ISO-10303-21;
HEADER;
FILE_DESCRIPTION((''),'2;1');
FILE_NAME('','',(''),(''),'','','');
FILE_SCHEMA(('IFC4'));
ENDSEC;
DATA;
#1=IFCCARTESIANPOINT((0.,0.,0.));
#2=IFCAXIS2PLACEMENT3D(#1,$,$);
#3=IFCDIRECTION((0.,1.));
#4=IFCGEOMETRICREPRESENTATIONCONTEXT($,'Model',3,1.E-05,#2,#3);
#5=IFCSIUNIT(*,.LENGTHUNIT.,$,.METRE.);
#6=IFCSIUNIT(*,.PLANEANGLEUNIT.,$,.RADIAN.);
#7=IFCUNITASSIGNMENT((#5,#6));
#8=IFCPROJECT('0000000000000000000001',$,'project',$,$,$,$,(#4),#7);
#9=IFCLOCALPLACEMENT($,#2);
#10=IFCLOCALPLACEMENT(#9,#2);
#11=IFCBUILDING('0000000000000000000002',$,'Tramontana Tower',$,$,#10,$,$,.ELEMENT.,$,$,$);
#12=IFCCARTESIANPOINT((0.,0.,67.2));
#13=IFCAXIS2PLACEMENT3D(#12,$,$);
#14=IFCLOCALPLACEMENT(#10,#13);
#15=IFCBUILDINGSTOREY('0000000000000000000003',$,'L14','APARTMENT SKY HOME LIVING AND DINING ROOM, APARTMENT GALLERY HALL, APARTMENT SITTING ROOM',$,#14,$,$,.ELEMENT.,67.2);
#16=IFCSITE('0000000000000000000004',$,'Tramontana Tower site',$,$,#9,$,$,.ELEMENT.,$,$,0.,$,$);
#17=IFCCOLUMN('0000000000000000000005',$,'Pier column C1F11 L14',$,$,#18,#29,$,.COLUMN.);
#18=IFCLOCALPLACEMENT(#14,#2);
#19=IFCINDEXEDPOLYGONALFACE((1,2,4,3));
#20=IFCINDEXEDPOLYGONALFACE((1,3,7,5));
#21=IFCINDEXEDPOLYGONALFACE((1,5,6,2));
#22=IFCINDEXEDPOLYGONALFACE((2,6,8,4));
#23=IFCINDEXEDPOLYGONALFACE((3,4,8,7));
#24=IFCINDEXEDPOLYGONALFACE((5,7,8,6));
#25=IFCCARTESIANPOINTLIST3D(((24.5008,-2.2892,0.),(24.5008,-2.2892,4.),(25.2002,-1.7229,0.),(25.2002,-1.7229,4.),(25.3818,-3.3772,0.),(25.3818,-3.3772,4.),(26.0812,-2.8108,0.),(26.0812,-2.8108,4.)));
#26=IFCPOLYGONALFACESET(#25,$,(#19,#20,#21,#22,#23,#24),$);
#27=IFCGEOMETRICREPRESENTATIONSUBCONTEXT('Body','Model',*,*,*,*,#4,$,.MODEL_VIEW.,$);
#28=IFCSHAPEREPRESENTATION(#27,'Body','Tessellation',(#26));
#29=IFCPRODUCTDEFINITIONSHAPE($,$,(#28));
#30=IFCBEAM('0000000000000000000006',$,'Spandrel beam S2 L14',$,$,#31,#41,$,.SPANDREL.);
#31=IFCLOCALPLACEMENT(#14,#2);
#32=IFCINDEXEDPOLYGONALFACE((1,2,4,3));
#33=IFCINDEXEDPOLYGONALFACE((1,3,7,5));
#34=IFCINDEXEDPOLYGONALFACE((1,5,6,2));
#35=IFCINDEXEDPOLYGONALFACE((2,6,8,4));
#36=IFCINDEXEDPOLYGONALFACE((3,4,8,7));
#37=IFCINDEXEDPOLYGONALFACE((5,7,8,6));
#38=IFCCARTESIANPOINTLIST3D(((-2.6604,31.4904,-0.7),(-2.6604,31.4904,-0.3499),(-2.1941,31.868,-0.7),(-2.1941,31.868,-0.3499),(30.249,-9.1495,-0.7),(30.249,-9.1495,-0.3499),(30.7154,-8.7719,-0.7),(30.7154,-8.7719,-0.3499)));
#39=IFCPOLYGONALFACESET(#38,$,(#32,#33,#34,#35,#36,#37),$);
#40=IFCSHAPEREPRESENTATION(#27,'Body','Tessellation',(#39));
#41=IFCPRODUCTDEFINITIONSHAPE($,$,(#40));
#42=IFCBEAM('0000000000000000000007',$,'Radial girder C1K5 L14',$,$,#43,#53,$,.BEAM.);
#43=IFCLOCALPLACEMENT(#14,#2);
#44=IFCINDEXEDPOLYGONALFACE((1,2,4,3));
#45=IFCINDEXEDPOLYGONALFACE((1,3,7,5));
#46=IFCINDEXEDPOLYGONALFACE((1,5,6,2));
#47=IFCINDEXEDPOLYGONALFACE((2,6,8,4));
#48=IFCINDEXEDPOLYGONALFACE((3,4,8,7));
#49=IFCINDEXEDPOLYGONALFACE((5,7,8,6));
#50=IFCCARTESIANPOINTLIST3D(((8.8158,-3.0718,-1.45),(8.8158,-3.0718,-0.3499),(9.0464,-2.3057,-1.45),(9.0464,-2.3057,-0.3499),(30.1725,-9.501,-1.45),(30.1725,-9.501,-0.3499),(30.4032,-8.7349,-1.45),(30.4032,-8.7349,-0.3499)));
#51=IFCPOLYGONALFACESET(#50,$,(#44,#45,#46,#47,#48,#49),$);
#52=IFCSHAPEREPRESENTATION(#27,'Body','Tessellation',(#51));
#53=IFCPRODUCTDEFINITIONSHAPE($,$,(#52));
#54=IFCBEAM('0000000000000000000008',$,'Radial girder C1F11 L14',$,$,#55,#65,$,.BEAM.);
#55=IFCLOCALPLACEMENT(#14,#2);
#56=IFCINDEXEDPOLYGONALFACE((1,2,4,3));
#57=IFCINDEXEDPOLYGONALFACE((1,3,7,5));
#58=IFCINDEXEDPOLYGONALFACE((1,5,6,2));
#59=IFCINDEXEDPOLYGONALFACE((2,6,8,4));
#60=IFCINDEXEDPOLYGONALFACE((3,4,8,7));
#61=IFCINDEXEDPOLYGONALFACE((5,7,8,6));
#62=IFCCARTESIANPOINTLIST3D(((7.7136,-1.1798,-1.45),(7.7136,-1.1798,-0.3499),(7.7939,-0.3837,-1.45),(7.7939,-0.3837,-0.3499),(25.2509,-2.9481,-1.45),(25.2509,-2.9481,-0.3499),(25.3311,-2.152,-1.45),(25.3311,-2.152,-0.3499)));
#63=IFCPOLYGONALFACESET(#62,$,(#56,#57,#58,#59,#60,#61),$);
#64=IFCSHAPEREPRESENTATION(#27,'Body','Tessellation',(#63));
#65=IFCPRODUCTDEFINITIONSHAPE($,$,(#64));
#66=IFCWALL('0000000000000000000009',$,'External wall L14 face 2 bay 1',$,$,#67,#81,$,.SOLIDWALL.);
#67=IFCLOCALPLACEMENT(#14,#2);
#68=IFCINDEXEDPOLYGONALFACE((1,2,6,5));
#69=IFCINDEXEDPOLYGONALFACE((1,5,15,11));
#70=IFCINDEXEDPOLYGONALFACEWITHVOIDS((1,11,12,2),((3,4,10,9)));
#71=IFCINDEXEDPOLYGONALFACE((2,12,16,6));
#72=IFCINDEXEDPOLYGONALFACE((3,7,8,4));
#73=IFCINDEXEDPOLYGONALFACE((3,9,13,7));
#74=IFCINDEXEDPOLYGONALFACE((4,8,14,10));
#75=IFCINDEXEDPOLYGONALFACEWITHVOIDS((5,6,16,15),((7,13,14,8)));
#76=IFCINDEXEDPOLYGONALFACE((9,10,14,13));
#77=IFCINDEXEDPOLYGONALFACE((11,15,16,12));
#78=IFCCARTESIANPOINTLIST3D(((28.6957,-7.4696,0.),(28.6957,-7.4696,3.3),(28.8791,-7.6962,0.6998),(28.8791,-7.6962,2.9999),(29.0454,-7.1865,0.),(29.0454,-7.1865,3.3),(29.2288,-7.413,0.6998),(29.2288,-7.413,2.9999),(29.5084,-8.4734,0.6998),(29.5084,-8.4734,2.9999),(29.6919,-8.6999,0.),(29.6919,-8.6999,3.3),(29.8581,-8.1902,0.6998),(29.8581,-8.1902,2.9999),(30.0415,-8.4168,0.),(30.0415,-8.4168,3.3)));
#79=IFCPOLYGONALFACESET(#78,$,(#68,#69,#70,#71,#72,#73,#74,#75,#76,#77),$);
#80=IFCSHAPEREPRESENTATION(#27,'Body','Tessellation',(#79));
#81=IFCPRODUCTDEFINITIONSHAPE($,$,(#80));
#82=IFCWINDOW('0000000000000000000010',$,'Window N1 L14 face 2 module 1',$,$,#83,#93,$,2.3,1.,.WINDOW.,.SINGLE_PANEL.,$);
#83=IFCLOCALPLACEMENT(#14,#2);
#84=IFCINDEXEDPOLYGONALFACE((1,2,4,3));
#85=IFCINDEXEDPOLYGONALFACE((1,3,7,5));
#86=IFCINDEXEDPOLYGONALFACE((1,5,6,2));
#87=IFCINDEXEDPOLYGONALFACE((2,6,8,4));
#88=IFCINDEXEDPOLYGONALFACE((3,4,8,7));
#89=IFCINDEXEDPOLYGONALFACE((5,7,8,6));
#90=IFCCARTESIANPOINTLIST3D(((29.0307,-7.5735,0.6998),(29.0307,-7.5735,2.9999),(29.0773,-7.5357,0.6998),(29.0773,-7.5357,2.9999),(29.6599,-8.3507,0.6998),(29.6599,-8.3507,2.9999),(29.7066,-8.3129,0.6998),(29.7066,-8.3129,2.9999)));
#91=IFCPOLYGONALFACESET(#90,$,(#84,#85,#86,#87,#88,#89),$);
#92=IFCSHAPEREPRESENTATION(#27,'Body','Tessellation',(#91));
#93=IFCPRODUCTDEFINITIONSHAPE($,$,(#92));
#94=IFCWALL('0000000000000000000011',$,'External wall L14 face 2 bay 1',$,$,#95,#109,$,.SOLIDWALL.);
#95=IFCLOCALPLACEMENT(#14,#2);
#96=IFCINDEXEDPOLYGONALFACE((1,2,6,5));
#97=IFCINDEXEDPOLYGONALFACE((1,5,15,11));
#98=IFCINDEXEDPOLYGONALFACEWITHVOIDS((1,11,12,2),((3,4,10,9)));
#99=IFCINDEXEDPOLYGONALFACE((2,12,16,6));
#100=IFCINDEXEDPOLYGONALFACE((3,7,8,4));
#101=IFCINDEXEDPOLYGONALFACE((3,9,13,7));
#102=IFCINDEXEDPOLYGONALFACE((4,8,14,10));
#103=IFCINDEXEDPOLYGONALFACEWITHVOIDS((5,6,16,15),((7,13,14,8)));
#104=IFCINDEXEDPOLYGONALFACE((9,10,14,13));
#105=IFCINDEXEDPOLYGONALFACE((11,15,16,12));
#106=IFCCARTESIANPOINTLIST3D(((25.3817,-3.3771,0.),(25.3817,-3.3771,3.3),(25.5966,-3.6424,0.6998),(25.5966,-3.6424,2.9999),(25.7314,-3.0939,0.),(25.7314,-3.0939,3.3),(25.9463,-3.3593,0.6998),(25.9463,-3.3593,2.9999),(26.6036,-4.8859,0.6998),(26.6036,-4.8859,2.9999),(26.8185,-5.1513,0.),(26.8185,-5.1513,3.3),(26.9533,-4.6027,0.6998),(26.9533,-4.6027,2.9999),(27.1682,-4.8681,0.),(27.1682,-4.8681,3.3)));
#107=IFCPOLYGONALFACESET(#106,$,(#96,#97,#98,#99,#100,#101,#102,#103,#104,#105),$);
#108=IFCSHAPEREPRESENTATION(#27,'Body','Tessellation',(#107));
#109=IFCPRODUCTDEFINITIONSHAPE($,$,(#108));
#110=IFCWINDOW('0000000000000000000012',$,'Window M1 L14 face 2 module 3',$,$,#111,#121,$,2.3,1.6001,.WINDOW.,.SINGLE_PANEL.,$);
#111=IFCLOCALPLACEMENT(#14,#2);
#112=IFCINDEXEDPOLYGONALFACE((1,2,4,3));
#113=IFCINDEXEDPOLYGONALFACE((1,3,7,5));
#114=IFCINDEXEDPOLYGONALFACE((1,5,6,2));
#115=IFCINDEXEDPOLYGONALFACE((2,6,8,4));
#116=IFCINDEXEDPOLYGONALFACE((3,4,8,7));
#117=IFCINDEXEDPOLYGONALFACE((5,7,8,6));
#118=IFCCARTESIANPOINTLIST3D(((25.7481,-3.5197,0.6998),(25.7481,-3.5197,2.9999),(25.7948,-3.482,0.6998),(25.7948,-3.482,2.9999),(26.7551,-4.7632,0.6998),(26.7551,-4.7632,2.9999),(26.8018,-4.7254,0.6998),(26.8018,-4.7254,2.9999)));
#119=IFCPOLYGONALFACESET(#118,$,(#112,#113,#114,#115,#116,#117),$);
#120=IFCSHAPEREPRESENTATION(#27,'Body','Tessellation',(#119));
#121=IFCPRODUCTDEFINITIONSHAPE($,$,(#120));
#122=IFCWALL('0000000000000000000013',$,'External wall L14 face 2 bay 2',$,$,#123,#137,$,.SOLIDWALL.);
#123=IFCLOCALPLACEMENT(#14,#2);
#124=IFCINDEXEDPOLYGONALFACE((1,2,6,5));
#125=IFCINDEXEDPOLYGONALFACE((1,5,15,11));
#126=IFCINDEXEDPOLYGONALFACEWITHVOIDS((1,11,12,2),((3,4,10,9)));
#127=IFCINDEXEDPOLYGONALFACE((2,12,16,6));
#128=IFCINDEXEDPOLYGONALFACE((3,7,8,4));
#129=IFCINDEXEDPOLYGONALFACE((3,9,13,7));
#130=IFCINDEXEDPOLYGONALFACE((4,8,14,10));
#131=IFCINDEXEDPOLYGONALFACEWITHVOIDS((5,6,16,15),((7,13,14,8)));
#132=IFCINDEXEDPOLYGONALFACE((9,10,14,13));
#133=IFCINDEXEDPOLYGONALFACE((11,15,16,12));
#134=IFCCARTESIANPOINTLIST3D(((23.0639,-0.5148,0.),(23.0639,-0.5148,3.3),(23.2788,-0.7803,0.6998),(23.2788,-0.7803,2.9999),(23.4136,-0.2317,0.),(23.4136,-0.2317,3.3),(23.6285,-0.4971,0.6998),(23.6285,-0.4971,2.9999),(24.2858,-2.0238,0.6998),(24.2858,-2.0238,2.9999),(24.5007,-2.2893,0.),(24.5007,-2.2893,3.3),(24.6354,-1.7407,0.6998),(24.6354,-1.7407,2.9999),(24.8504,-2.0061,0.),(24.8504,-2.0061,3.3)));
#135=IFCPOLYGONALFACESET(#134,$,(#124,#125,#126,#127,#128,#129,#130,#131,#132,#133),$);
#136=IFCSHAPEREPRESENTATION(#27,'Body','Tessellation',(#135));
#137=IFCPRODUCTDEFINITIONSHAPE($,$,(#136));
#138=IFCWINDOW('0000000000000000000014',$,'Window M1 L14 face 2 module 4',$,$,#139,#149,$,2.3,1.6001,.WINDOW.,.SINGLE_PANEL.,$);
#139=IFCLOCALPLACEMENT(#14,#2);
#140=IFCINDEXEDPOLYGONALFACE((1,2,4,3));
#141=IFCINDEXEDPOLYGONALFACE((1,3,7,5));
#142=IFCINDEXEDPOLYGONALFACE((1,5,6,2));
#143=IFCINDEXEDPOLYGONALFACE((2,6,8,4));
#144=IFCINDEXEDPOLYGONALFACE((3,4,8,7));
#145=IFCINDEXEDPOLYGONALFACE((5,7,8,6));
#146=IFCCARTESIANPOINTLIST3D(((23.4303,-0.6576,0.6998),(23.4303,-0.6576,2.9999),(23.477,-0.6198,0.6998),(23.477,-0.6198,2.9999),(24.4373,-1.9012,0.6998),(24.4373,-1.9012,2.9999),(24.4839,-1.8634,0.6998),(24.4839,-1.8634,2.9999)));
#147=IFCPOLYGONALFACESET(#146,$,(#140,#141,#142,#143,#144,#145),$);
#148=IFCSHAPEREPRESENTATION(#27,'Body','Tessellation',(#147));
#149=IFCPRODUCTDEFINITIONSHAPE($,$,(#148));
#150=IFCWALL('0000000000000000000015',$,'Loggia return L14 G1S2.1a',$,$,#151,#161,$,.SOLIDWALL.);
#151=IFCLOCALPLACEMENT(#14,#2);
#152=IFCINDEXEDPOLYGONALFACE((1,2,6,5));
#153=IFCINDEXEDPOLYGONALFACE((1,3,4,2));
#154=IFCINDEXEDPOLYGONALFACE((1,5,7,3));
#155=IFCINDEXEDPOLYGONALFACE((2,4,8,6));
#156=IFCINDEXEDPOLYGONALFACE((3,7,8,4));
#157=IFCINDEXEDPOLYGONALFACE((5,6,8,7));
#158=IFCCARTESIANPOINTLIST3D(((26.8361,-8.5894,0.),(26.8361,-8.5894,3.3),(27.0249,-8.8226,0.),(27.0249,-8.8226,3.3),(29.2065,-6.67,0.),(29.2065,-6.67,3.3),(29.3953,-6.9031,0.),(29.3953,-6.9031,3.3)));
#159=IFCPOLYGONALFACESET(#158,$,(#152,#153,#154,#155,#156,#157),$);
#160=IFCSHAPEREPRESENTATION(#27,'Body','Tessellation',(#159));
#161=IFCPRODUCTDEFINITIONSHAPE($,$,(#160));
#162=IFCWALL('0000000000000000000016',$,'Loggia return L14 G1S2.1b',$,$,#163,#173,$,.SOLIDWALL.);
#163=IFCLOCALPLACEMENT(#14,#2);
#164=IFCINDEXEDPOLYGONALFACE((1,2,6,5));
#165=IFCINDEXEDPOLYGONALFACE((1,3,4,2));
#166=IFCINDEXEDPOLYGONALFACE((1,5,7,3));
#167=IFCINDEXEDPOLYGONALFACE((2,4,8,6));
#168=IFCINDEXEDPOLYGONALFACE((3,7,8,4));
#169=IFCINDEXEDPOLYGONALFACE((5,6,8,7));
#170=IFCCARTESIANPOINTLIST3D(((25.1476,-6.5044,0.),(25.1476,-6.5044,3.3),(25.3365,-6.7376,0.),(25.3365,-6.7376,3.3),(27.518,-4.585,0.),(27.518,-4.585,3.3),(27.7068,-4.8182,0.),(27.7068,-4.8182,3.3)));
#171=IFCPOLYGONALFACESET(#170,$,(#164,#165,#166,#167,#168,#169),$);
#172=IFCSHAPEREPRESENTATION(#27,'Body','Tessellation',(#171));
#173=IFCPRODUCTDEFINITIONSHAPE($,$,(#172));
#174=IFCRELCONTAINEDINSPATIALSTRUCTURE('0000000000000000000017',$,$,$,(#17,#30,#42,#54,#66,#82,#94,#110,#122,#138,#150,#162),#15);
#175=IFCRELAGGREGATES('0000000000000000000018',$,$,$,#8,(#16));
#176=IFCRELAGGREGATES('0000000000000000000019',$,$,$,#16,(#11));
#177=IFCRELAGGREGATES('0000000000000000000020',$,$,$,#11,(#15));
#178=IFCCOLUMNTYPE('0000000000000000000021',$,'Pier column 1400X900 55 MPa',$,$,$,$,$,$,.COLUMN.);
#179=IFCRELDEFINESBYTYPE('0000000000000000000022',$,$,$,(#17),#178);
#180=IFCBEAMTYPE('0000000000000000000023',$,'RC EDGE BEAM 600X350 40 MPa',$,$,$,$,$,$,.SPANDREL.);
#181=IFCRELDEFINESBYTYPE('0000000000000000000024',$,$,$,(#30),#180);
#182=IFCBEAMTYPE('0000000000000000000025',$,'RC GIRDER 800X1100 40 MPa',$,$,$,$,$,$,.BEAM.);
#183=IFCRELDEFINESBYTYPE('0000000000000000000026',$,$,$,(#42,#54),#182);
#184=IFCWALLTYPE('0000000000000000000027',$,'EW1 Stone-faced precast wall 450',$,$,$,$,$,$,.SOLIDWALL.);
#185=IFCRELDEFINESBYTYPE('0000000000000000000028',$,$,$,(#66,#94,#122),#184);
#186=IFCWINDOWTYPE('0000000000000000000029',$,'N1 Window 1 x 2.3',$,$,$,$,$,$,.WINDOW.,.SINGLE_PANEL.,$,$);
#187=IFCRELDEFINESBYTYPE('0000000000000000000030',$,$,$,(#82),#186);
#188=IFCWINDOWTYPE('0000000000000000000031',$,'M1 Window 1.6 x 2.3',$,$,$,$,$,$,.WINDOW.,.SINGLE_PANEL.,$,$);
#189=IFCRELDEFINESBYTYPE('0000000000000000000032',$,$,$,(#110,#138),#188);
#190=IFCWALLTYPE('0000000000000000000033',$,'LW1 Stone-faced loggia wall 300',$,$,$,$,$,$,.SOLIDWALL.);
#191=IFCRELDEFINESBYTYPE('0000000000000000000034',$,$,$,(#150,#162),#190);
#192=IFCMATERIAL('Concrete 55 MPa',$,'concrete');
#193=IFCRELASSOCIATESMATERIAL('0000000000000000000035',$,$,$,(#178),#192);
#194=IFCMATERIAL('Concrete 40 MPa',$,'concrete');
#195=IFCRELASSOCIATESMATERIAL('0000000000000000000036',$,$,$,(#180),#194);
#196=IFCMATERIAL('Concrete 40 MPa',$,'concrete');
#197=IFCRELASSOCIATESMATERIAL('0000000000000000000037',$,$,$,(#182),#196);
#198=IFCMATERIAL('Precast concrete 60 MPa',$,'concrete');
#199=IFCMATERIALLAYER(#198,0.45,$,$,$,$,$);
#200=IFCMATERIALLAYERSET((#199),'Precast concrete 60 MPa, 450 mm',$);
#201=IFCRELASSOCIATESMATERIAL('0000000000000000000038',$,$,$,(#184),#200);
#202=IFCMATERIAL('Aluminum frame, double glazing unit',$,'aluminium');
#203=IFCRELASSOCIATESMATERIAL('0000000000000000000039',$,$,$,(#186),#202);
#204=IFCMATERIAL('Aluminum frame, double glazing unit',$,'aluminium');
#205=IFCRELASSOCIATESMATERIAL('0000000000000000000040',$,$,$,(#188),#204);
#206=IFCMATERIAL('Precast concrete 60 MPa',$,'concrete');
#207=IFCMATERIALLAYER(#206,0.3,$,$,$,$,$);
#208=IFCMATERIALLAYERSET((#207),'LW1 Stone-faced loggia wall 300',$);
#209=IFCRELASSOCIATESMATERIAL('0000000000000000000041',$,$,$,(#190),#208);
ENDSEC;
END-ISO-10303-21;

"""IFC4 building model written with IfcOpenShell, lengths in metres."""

from ifc_helpers import new_model, si_unit, direction, frame, frame_2d, origin, origin_2d, place, context, subcontext, project, spatial, rectangle, extrude, material, layer, layer_set, material_profile, profile_set, type_object, element, fill, save


model = new_model("IFC4")

# Units and contexts
model_context = context("Model", 3, precision=1e-05, world=origin(), true_north=direction((0.0, 1.0)))
body_context = subcontext(model_context, "Body", "Model", "MODEL_VIEW")
ifc_project = project(units=[si_unit("LENGTHUNIT", "METRE"), si_unit("PLANEANGLEUNIT", "RADIAN")], contexts=[model_context])

# Site, building, storey
site_placement = place(None, origin())
site = spatial("IfcSite", under=ifc_project, at=site_placement, Name="Tramontana Tower site", CompositionType="ELEMENT", RefElevation=0.0)
building_placement = place(site_placement, origin())
building = spatial("IfcBuilding", under=site, at=building_placement, Name="Tramontana Tower", CompositionType="ELEMENT")
storey_placement = place(building_placement, frame((0.0, 0.0, 67.2)))
storey = spatial("IfcBuildingStorey", under=building, at=storey_placement, Name="L14", Description="APARTMENT SKY HOME LIVING AND DINING ROOM, APARTMENT GALLERY HALL, APARTMENT SITTING ROOM", CompositionType="ELEMENT", Elevation=67.2)

# Column
ifc_material_1 = material(Name="Concrete 55 MPa", Category="concrete")
ifc_material_profile_1 = material_profile(ifc_material_1, rectangle(XDim=1.3999, YDim=0.8999, at=origin_2d()), Name="Pier column 1400X900 55 MPa")
ifc_profile_set_1 = profile_set([ifc_material_profile_1], Name="Concrete 55 MPa")
column_type = type_object("IfcColumnType", Name="Pier column 1400X900 55 MPa", PredefinedType="COLUMN", material=ifc_profile_set_1)
column_placement = place(storey_placement, frame((25.291, -2.55, 0.0), z_axis=(0.0, 0.0, 1.0), x_axis=(-0.62932, 0.777146, 0.0)))
element("IfcColumn", 1, at=column_placement, inside=storey, type_object=column_type, Name="Pier column C1F11 L14", PredefinedType="COLUMN", context=body_context, shape_type="SweptSolid", body=[
    extrude(rectangle(XDim=1.3999, YDim=0.8999, at=origin_2d()), origin(), (0.0, 0.0, 1.0), 4.0),
])

# Beams
ifc_material_2 = material(Name="Concrete 40 MPa", Category="concrete")
ifc_material_profile_2 = material_profile(ifc_material_2, rectangle(XDim=0.6001, YDim=0.3501, at=origin_2d()), Name="RC EDGE BEAM 600X350 40 MPa")
ifc_profile_set_2 = profile_set([ifc_material_profile_2], Name="Concrete 40 MPa")
beam_type_1 = type_object("IfcBeamType", Name="RC EDGE BEAM 600X350 40 MPa", PredefinedType="SPANDREL", material=ifc_profile_set_2)
beam_1_placement = place(storey_placement, frame((30.4822, -8.9607, -0.5249), z_axis=(-0.629319, 0.777147, 0.0), x_axis=(-0.777147, -0.629319, 0.0)))
element("IfcBeam", 2, at=beam_1_placement, inside=storey, type_object=beam_type_1, Name="Spandrel beam S2 L14", PredefinedType="SPANDREL", context=body_context, shape_type="SweptSolid", body=[
    extrude(rectangle(XDim=0.6001, YDim=0.3501, at=origin_2d()), origin(), (0.0, 0.0, 1.0), 52.2937),
])
ifc_material_3 = material(Name="Concrete 40 MPa", Category="concrete")
ifc_material_profile_3 = material_profile(ifc_material_3, rectangle(XDim=0.8, YDim=1.1001, at=origin_2d()), Name="RC GIRDER 800X1100 40 MPa")
ifc_profile_set_3 = profile_set([ifc_material_profile_3], Name="Concrete 40 MPa")
beam_type_2 = type_object("IfcBeamType", Name="RC GIRDER 800X1100 40 MPa", PredefinedType="BEAM", material=ifc_profile_set_3)
beam_2_placement = place(storey_placement, frame((30.2878, -9.1179, -0.8999), z_axis=(-0.957552, 0.288261, 0.0), x_axis=(-0.288261, -0.957552, 0.0)))
element("IfcBeam", 3, at=beam_2_placement, inside=storey, type_object=beam_type_2, Name="Radial girder C1K5 L14", PredefinedType="BEAM", context=body_context, shape_type="SweptSolid", body=[
    extrude(rectangle(XDim=0.8, YDim=1.1001, at=origin_2d()), origin(), (0.0, 0.0, 1.0), 22.3035),
])
beam_3_placement = place(storey_placement, frame((25.291, -2.55, -0.8999), z_axis=(-0.994955, 0.100322, 0.0), x_axis=(-0.100322, -0.994955, 0.0)))
element("IfcBeam", 4, at=beam_3_placement, inside=storey, type_object=beam_type_2, Name="Radial girder C1F11 L14", PredefinedType="BEAM", context=body_context, shape_type="SweptSolid", body=[
    extrude(rectangle(XDim=0.8, YDim=1.1001, at=origin_2d()), origin(), (0.0, 0.0, 1.0), 17.6262),
])

# Walls, openings, windows
ifc_material_4 = material(Name="Precast concrete 60 MPa", Category="concrete")
ifc_layer_1 = layer(ifc_material_4, 0.45)
ifc_layer_set_1 = layer_set([ifc_layer_1], Name="Precast concrete 60 MPa, 450 mm")
wall_type_1 = type_object("IfcWallType", Name="EW1 Stone-faced precast wall 450", PredefinedType="SOLIDWALL", material=ifc_layer_set_1)
wall_1_placement = place(storey_placement, frame((29.8667, -8.5583, 0.0), z_axis=(0.0, 0.0, 1.0), x_axis=(-0.629274, 0.777184, 0.0)))
wall_1 = element("IfcWall", 5, at=wall_1_placement, inside=storey, type_object=wall_type_1, Name="External wall L14 face 2 bay 1", PredefinedType="SOLIDWALL", context=body_context, shape_type="SweptSolid", body=[
    extrude(rectangle(XDim=1.583, YDim=0.45, at=frame_2d((0.7915, 0.0))), origin(), (0.0, 0.0, 1.0), 3.3),
])
opening_1_placement = place(wall_1_placement, frame((0.2915, 0.0, 0.7)))
opening_1 = element("IfcOpeningElement", 6, at=opening_1_placement, cuts=wall_1, PredefinedType="OPENING", context=body_context, shape_type="SweptSolid", body=[
    extrude(rectangle(XDim=1.0, YDim=2.3, at=frame_2d((0.5, 1.1499))), frame((0.0, 0.2349, 0.0), z_axis=(0.0, -1.0, 0.0), x_axis=(1.0, 0.0, 0.0)), (0.0, 0.0, 1.0), 0.47),
])
ifc_material_5 = material(Name="Aluminum frame, double glazing unit", Category="aluminium")
window_type_1 = type_object("IfcWindowType", Name="N1 Window 1 x 2.3", PartitioningType="SINGLE_PANEL", PredefinedType="WINDOW", material=ifc_material_5)
window_1_placement = place(opening_1_placement, origin())
window_1 = element("IfcWindow", 7, at=window_1_placement, inside=storey, type_object=window_type_1, Name="Window N1 L14 face 2 module 1", OverallHeight=2.3, OverallWidth=1.0, PartitioningType="SINGLE_PANEL", PredefinedType="WINDOW", context=body_context, shape_type="SweptSolid", body=[
    extrude(rectangle(XDim=1.0, YDim=2.3, at=frame_2d((0.5, 1.1499))), frame((0.0, 0.03, 0.0), z_axis=(0.0, -1.0, 0.0), x_axis=(1.0, 0.0, 0.0)), (0.0, 0.0, 1.0), 0.0601),
])
fill(opening_1, window_1)
wall_2_placement = place(storey_placement, frame((26.9934, -5.0098, 0.0), z_axis=(0.0, 0.0, 1.0), x_axis=(-0.62934, 0.77713, 0.0)))
wall_2 = element("IfcWall", 8, at=wall_2_placement, inside=storey, type_object=wall_type_1, Name="External wall L14 face 2 bay 1", PredefinedType="SOLIDWALL", context=body_context, shape_type="SweptSolid", body=[
    extrude(rectangle(XDim=2.283, YDim=0.45, at=frame_2d((1.1416, 0.0))), origin(), (0.0, 0.0, 1.0), 3.3),
])
opening_2_placement = place(wall_2_placement, frame((0.3416, 0.0, 0.7)))
opening_2 = element("IfcOpeningElement", 9, at=opening_2_placement, cuts=wall_2, PredefinedType="OPENING", context=body_context, shape_type="SweptSolid", body=[
    extrude(rectangle(XDim=1.6001, YDim=2.3, at=frame_2d((0.8, 1.1499))), frame((0.0, 0.2349, 0.0), z_axis=(0.0, -1.0, 0.0), x_axis=(1.0, 0.0, 0.0)), (0.0, 0.0, 1.0), 0.47),
])
ifc_material_6 = material(Name="Aluminum frame, double glazing unit", Category="aluminium")
window_type_2 = type_object("IfcWindowType", Name="M1 Window 1.6 x 2.3", PartitioningType="SINGLE_PANEL", PredefinedType="WINDOW", material=ifc_material_6)
window_2_placement = place(opening_2_placement, origin())
window_2 = element("IfcWindow", 10, at=window_2_placement, inside=storey, type_object=window_type_2, Name="Window M1 L14 face 2 module 3", OverallHeight=2.3, OverallWidth=1.6001, PartitioningType="SINGLE_PANEL", PredefinedType="WINDOW", context=body_context, shape_type="SweptSolid", body=[
    extrude(rectangle(XDim=1.6001, YDim=2.3, at=frame_2d((0.8, 1.1499))), frame((0.0, 0.03, 0.0), z_axis=(0.0, -1.0, 0.0), x_axis=(1.0, 0.0, 0.0)), (0.0, 0.0, 1.0), 0.0601),
])
fill(opening_2, window_2)
wall_3_placement = place(storey_placement, frame((24.6755, -2.1477, 0.0), z_axis=(0.0, 0.0, 1.0), x_axis=(-0.629287, 0.777173, 0.0)))
wall_3 = element("IfcWall", 11, at=wall_3_placement, inside=storey, type_object=wall_type_1, Name="External wall L14 face 2 bay 2", PredefinedType="SOLIDWALL", context=body_context, shape_type="SweptSolid", body=[
    extrude(rectangle(XDim=2.2832, YDim=0.45, at=frame_2d((1.1416, 0.0))), origin(), (0.0, 0.0, 1.0), 3.3),
])
opening_3_placement = place(wall_3_placement, frame((0.3416, 0.0, 0.7)))
opening_3 = element("IfcOpeningElement", 12, at=opening_3_placement, cuts=wall_3, PredefinedType="OPENING", context=body_context, shape_type="SweptSolid", body=[
    extrude(rectangle(XDim=1.6001, YDim=2.3, at=frame_2d((0.8, 1.1499))), frame((0.0, 0.2349, 0.0), z_axis=(0.0, -1.0, 0.0), x_axis=(1.0, 0.0, 0.0)), (0.0, 0.0, 1.0), 0.47),
])
window_3_placement = place(opening_3_placement, origin())
window_3 = element("IfcWindow", 13, at=window_3_placement, inside=storey, type_object=window_type_2, Name="Window M1 L14 face 2 module 4", OverallHeight=2.3, OverallWidth=1.6001, PartitioningType="SINGLE_PANEL", PredefinedType="WINDOW", context=body_context, shape_type="SweptSolid", body=[
    extrude(rectangle(XDim=1.6001, YDim=2.3, at=frame_2d((0.8, 1.1499))), frame((0.0, 0.03, 0.0), z_axis=(0.0, -1.0, 0.0), x_axis=(1.0, 0.0, 0.0)), (0.0, 0.0, 1.0), 0.0601),
])
fill(opening_3, window_3)

# Shared definitions
ifc_material_7 = material(Name="Precast concrete 60 MPa", Category="concrete")
ifc_layer_2 = layer(ifc_material_7, 0.3)
ifc_layer_set_2 = layer_set([ifc_layer_2], Name="LW1 Stone-faced loggia wall 300")
wall_type_2 = type_object("IfcWallType", Name="LW1 Stone-faced loggia wall 300", PredefinedType="SOLIDWALL", material=ifc_layer_set_2)

# Walls
for number, where, z_axis, x_axis, name in (
    (14, (29.3008, -6.7866, 0.0), (0.0, 0.0, 1.0), (-0.777154, -0.629311, 0.0), "Loggia return L14 G1S2.1a"),
    (15, (27.6123, -4.7017, 0.0), (0.0, 0.0, 1.0), (-0.777154, -0.629311, 0.0), "Loggia return L14 G1S2.1b"),
):
    element("IfcWall", number, at=place(storey_placement, frame(where, z_axis=z_axis, x_axis=x_axis)), inside=storey, type_object=wall_type_2, Name=name, PredefinedType="SOLIDWALL", context=body_context, shape_type="SweptSolid", body=[
        extrude(rectangle(XDim=3.05, YDim=0.3, at=frame_2d((1.5249, 0.0))), origin(), (0.0, 0.0, 1.0), 3.3),
    ])

save(model, "model.ifc")
